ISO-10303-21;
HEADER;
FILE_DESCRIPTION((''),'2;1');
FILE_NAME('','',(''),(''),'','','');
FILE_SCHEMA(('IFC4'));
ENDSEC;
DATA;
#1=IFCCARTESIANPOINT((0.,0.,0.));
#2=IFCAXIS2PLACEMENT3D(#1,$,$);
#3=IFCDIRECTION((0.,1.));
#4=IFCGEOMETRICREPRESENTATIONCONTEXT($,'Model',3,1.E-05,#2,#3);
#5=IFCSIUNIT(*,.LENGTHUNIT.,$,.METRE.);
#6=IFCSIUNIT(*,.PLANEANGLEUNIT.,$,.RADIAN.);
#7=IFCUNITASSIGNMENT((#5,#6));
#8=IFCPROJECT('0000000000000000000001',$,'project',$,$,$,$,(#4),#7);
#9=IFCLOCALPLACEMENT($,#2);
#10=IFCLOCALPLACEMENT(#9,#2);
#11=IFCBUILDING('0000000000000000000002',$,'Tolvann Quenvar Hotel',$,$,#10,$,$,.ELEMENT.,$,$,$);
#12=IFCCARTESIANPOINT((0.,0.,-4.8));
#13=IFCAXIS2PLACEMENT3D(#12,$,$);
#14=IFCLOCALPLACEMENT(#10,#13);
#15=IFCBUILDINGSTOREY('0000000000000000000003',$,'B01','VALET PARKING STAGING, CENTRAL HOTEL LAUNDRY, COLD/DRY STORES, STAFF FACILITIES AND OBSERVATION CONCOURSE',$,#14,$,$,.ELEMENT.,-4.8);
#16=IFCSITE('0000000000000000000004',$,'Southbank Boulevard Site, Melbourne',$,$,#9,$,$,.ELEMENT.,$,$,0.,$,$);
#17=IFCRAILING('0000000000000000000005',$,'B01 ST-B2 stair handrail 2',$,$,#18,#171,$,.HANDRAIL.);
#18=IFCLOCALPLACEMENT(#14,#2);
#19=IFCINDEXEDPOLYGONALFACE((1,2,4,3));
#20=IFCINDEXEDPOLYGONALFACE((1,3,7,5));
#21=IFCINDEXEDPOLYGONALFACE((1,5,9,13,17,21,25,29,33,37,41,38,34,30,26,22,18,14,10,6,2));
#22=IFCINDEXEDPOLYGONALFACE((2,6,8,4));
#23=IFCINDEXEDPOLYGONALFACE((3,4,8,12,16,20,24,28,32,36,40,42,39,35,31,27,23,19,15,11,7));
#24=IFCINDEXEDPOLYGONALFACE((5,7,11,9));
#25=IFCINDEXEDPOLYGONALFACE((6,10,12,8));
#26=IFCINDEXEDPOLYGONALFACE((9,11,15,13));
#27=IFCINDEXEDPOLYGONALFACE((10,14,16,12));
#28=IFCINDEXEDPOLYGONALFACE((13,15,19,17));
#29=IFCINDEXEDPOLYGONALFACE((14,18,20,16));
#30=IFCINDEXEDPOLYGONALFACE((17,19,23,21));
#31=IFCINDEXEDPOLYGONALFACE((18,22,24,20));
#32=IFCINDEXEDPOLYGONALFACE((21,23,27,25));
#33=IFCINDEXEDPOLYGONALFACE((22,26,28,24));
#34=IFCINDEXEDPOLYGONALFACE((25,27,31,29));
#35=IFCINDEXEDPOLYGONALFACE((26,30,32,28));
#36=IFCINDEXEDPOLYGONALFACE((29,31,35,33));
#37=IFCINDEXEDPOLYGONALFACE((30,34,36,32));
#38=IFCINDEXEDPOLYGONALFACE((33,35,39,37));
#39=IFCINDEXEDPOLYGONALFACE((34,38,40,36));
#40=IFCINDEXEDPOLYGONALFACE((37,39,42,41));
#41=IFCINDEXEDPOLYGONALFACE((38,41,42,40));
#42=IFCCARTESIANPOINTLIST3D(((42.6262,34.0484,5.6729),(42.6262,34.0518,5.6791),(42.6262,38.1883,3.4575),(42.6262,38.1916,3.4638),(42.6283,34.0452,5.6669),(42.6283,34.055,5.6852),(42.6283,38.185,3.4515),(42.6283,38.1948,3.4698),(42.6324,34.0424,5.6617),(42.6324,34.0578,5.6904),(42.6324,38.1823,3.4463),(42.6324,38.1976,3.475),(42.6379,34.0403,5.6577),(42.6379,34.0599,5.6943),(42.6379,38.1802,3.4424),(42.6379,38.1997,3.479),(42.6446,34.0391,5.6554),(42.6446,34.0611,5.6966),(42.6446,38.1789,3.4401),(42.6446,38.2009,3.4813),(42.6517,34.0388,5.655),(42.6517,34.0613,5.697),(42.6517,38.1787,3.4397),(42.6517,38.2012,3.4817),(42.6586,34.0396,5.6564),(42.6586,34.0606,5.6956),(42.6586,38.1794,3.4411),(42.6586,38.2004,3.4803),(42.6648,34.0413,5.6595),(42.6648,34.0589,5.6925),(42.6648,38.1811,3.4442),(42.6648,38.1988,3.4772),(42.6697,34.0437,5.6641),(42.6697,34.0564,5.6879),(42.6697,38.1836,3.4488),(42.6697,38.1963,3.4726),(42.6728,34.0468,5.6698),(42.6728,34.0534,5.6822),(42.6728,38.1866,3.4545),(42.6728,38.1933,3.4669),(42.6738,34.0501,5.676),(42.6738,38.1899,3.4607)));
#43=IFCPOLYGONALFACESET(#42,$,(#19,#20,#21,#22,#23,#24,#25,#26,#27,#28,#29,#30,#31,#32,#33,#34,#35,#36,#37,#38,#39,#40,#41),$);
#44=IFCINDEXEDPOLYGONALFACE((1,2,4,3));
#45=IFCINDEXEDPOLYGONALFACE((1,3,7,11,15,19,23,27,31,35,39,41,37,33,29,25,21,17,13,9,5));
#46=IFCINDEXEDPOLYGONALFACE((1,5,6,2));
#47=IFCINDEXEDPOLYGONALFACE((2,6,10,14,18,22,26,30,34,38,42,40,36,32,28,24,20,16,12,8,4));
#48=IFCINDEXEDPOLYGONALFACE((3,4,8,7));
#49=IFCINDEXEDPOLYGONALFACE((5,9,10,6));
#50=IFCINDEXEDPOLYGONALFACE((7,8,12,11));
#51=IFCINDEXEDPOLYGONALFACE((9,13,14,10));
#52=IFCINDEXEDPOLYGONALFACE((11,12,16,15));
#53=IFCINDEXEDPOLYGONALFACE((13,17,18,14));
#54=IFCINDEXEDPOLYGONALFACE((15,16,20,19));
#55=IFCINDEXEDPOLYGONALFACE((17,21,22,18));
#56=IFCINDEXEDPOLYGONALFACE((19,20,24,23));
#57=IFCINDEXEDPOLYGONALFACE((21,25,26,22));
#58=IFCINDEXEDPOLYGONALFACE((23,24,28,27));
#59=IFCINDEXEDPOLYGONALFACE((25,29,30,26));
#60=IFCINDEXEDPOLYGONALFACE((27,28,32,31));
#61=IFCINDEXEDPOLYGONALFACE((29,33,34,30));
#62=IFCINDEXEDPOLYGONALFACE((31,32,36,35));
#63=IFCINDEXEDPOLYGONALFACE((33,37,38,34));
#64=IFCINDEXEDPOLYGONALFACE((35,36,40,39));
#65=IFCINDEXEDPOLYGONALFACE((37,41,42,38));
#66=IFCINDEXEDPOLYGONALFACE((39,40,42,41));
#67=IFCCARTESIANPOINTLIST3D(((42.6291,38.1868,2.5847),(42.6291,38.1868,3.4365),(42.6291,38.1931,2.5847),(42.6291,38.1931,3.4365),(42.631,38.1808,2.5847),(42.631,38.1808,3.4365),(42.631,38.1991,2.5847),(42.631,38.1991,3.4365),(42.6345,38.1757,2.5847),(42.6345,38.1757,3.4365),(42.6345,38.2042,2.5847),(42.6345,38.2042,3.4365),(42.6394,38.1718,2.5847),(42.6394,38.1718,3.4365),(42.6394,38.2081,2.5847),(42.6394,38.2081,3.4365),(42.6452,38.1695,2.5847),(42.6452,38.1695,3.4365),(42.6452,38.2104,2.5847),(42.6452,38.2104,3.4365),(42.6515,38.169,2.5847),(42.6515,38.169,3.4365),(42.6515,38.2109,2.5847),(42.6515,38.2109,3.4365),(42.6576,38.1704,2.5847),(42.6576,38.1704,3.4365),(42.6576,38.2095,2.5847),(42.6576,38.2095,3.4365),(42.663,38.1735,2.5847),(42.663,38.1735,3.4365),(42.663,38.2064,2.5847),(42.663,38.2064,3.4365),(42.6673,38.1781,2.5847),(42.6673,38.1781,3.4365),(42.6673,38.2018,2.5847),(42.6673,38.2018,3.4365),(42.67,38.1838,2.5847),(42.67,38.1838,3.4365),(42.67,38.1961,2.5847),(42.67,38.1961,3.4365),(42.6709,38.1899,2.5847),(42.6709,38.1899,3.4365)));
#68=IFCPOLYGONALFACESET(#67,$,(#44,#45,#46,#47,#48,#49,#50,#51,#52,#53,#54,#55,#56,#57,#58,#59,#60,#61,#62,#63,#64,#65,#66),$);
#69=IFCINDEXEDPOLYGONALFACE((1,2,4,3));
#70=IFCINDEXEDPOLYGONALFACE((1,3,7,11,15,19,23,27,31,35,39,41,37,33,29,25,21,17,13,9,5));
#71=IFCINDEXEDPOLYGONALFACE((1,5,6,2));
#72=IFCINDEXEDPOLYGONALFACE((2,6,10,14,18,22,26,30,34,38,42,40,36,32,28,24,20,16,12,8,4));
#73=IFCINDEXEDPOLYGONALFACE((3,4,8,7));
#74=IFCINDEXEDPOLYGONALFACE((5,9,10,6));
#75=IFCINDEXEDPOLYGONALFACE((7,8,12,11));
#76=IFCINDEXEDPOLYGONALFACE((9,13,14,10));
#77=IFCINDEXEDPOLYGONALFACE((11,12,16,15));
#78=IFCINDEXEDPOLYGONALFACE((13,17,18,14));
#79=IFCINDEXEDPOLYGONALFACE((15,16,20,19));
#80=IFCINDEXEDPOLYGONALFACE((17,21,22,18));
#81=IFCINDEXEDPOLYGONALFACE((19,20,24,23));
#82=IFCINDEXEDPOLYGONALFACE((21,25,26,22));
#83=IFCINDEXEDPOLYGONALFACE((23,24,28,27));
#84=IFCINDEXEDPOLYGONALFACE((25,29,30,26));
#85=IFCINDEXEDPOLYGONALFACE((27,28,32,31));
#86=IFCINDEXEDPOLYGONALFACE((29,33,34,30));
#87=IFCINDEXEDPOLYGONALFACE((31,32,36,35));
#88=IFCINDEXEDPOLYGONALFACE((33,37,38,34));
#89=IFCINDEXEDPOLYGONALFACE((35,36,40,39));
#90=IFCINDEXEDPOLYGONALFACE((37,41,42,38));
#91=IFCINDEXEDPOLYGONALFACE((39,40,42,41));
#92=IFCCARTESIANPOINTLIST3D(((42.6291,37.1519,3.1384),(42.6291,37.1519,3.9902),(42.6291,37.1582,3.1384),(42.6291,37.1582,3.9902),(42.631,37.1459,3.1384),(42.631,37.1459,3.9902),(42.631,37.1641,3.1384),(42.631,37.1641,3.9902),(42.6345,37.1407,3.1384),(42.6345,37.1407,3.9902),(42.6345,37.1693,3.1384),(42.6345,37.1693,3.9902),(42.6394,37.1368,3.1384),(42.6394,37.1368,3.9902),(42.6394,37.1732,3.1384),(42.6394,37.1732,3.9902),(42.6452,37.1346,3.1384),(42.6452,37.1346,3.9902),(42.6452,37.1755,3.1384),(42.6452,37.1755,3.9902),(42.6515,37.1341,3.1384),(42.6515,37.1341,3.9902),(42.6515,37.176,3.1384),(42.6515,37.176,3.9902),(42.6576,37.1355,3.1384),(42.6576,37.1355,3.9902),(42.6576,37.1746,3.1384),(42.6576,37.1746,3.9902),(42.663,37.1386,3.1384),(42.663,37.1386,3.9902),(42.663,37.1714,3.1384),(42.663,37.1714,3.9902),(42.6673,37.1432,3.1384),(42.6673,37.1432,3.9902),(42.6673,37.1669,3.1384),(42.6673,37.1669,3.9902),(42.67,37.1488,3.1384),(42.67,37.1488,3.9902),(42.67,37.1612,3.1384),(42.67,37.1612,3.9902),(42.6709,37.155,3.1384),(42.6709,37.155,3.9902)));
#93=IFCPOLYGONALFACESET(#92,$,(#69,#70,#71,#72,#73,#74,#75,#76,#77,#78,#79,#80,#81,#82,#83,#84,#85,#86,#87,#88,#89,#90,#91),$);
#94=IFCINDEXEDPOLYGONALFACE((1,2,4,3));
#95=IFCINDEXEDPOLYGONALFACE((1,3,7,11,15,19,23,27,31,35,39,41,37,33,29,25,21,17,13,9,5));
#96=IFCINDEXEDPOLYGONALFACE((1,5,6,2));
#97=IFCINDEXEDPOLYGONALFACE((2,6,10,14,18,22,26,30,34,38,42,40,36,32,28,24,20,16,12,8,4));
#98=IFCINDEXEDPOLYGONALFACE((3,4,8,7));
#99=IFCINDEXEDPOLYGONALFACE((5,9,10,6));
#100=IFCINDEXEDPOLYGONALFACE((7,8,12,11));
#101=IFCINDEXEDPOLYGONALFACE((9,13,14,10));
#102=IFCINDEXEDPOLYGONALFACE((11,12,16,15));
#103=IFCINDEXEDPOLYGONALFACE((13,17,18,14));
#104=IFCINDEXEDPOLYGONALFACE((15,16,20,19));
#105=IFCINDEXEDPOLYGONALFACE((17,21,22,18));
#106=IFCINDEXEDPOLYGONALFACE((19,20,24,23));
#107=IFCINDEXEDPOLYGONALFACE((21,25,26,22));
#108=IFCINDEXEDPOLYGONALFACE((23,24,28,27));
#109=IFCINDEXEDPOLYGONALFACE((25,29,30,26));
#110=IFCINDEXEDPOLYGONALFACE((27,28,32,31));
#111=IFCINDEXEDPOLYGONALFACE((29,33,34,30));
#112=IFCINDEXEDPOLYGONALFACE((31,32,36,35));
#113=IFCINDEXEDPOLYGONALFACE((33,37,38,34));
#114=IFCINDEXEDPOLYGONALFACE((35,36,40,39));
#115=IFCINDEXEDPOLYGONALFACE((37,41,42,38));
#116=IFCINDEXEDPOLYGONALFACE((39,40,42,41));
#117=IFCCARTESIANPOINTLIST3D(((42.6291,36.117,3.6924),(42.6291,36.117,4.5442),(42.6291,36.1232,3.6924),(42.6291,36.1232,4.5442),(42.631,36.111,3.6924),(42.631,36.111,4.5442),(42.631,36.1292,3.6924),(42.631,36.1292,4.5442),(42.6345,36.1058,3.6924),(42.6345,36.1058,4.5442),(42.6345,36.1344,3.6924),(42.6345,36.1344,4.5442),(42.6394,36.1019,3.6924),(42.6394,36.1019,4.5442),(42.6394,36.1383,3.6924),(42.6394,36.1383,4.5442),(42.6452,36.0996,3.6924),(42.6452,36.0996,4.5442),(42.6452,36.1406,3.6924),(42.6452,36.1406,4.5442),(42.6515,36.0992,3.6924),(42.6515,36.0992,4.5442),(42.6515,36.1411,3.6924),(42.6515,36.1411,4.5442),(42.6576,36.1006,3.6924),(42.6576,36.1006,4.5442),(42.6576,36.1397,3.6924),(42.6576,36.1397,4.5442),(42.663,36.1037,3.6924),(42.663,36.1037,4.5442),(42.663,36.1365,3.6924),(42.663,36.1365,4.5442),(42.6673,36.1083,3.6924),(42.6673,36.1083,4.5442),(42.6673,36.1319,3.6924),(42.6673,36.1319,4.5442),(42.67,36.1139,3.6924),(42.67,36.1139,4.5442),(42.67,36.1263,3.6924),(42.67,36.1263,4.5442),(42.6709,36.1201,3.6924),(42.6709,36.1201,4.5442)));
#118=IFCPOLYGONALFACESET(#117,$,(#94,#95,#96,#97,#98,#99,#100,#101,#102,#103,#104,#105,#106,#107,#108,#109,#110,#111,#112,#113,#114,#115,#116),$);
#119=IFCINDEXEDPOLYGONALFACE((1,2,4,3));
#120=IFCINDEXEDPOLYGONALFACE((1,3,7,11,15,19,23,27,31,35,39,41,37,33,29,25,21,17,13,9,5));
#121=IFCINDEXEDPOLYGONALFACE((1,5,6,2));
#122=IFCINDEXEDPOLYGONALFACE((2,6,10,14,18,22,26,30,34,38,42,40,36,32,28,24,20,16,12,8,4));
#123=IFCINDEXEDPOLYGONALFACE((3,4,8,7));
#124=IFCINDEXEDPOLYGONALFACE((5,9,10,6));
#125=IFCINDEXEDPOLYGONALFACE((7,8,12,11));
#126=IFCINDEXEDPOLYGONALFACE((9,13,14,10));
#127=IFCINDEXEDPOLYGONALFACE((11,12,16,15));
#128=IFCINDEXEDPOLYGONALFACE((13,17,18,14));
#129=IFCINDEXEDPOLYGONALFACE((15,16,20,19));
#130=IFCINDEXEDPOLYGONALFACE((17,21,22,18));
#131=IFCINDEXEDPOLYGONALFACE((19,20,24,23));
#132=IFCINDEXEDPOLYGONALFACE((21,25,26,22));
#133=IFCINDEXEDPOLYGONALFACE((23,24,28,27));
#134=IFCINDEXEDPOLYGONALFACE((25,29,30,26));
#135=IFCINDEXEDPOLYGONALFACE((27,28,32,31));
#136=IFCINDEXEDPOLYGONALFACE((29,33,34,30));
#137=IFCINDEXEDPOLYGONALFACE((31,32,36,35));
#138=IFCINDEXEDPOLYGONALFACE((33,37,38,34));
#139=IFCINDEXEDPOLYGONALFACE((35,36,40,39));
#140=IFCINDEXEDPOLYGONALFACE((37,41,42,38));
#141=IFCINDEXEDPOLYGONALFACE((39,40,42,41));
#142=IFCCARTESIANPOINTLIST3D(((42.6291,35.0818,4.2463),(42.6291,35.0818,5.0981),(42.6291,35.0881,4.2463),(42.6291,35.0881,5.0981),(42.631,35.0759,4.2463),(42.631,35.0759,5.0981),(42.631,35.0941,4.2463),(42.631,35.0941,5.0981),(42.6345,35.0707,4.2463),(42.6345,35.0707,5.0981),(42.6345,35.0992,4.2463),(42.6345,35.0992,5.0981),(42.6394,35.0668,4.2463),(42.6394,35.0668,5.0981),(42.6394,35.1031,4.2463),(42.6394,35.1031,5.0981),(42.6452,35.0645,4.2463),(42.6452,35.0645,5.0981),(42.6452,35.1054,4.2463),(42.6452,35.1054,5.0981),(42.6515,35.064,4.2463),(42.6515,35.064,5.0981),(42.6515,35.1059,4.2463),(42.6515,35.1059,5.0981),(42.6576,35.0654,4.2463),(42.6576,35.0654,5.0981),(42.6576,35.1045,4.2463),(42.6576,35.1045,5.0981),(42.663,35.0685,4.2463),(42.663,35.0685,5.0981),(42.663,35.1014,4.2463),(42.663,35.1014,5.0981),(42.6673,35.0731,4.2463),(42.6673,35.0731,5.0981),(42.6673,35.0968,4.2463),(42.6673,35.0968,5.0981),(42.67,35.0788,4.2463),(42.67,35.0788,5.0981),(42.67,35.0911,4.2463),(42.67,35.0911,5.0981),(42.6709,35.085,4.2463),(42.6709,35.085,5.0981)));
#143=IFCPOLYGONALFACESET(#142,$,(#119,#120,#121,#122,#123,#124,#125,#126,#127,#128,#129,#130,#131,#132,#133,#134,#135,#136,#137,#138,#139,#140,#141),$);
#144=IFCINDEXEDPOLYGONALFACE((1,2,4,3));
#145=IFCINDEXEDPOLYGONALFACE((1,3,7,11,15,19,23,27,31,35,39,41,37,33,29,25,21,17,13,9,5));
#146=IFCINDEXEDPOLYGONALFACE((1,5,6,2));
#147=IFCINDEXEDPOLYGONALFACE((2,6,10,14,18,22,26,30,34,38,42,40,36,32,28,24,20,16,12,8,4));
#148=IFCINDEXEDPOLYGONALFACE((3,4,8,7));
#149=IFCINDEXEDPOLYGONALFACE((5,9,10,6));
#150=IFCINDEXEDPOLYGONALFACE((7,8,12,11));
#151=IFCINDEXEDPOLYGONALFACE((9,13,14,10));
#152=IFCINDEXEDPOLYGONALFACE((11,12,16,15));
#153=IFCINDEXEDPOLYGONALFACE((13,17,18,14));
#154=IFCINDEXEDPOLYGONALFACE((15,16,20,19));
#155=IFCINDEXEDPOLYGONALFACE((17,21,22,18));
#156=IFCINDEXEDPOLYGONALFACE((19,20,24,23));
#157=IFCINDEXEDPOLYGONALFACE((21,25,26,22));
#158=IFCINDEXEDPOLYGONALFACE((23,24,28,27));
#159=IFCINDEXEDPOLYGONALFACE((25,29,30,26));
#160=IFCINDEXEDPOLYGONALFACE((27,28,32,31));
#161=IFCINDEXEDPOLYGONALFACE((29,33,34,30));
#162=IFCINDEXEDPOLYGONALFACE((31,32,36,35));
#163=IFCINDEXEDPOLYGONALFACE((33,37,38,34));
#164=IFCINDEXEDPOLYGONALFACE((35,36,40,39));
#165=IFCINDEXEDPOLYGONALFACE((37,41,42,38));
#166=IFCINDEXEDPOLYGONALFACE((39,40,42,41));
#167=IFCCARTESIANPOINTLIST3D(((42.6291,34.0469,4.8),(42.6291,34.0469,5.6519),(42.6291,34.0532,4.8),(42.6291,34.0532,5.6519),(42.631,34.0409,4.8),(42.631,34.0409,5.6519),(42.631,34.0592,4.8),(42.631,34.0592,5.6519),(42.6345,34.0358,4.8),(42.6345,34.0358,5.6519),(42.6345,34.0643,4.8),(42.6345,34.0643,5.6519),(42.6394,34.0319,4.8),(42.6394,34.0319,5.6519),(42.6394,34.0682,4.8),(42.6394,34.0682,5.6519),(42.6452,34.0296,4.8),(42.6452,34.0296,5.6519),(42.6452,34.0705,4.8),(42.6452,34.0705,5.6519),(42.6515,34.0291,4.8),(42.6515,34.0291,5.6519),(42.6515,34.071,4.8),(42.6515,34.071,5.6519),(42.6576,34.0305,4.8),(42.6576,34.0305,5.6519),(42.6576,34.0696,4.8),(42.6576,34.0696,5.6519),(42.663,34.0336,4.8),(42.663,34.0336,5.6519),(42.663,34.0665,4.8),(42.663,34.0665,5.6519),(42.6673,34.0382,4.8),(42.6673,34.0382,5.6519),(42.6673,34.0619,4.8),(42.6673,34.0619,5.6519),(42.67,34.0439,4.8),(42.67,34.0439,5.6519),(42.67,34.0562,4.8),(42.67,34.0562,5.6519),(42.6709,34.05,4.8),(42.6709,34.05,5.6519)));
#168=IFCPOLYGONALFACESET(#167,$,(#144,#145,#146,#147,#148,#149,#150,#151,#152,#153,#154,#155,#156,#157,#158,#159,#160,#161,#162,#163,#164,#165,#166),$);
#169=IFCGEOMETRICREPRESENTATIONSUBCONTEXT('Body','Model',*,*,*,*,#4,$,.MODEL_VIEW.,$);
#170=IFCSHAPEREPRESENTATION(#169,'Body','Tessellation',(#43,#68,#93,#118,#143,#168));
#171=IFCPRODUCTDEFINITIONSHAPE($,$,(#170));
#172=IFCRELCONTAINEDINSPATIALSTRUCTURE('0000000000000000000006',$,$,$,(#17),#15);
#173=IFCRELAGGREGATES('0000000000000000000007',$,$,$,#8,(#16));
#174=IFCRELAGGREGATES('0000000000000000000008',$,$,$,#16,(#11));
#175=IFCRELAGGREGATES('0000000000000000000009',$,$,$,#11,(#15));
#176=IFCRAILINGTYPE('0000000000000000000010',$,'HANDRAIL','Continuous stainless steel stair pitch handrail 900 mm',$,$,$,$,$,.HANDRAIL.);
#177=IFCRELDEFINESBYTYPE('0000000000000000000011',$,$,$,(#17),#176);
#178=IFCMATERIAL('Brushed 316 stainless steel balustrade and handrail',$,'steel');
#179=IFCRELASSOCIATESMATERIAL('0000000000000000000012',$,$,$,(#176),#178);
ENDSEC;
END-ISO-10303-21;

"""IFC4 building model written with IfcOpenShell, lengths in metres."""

from ifc_helpers import new_model, si_unit, direction, frame, origin, origin_2d, place, context, subcontext, project, spatial, circle, extrude, material, type_object, element, save


model = new_model("IFC4")

# Units and contexts
model_context = context("Model", 3, precision=1e-05, world=origin(), true_north=direction((0.0, 1.0)))
body_context = subcontext(model_context, "Body", "Model", "MODEL_VIEW")
ifc_project = project(units=[si_unit("LENGTHUNIT", "METRE"), si_unit("PLANEANGLEUNIT", "RADIAN")], contexts=[model_context])

# Site, building, storey
site_placement = place(None, origin())
site = spatial("IfcSite", under=ifc_project, at=site_placement, Name="Southbank Boulevard Site, Melbourne", CompositionType="ELEMENT", RefElevation=0.0)
building_placement = place(site_placement, origin())
building = spatial("IfcBuilding", under=site, at=building_placement, Name="Tolvann Quenvar Hotel", CompositionType="ELEMENT")
storey_placement = place(building_placement, frame((0.0, 0.0, -4.8)))
storey = spatial("IfcBuildingStorey", under=building, at=storey_placement, Name="B01", Description="VALET PARKING STAGING, CENTRAL HOTEL LAUNDRY, COLD/DRY STORES, STAFF FACILITIES AND OBSERVATION CONCOURSE", CompositionType="ELEMENT", Elevation=-4.8)

# Railing
ifc_material_1 = material(Name="Brushed 316 stainless steel balustrade and handrail", Category="steel")
railing_type_1 = type_object("IfcRailingType", Name="HANDRAIL", Description="Continuous stainless steel stair pitch handrail 900 mm", PredefinedType="HANDRAIL", material=ifc_material_1)
railing_1_placement = place(storey_placement, frame((42.6499, 38.1899, 2.5847)))
element("IfcRailing", 1, at=railing_1_placement, inside=storey, type_object=railing_type_1, Name="B01 ST-B2 stair handrail 2", PredefinedType="HANDRAIL", context=body_context, shape_type="SweptSolid", body=[
    extrude(circle(Radius=0.0239, at=origin_2d()), frame((0.0, 0.0, 0.876), z_axis=(0.0, -0.881699, 0.471813), x_axis=(1.0, 0.0, 0.0)), (0.0, 0.0, 1.0), 4.6953),
    extrude(circle(Radius=0.021, at=origin_2d()), origin(), (0.0, 0.0, 1.0), 0.8518),
    extrude(circle(Radius=0.021, at=origin_2d()), frame((0.0, -1.0349, 0.5537)), (0.0, 0.0, 1.0), 0.8518),
    extrude(circle(Radius=0.021, at=origin_2d()), frame((0.0, -2.0698, 1.1077)), (0.0, 0.0, 1.0), 0.8518),
    extrude(circle(Radius=0.021, at=origin_2d()), frame((0.0, -3.105, 1.6616)), (0.0, 0.0, 1.0), 0.8518),
    extrude(circle(Radius=0.021, at=origin_2d()), frame((0.0, -4.1399, 2.2153)), (0.0, 0.0, 1.0), 0.8518),
])

save(model, "model.ifc")
